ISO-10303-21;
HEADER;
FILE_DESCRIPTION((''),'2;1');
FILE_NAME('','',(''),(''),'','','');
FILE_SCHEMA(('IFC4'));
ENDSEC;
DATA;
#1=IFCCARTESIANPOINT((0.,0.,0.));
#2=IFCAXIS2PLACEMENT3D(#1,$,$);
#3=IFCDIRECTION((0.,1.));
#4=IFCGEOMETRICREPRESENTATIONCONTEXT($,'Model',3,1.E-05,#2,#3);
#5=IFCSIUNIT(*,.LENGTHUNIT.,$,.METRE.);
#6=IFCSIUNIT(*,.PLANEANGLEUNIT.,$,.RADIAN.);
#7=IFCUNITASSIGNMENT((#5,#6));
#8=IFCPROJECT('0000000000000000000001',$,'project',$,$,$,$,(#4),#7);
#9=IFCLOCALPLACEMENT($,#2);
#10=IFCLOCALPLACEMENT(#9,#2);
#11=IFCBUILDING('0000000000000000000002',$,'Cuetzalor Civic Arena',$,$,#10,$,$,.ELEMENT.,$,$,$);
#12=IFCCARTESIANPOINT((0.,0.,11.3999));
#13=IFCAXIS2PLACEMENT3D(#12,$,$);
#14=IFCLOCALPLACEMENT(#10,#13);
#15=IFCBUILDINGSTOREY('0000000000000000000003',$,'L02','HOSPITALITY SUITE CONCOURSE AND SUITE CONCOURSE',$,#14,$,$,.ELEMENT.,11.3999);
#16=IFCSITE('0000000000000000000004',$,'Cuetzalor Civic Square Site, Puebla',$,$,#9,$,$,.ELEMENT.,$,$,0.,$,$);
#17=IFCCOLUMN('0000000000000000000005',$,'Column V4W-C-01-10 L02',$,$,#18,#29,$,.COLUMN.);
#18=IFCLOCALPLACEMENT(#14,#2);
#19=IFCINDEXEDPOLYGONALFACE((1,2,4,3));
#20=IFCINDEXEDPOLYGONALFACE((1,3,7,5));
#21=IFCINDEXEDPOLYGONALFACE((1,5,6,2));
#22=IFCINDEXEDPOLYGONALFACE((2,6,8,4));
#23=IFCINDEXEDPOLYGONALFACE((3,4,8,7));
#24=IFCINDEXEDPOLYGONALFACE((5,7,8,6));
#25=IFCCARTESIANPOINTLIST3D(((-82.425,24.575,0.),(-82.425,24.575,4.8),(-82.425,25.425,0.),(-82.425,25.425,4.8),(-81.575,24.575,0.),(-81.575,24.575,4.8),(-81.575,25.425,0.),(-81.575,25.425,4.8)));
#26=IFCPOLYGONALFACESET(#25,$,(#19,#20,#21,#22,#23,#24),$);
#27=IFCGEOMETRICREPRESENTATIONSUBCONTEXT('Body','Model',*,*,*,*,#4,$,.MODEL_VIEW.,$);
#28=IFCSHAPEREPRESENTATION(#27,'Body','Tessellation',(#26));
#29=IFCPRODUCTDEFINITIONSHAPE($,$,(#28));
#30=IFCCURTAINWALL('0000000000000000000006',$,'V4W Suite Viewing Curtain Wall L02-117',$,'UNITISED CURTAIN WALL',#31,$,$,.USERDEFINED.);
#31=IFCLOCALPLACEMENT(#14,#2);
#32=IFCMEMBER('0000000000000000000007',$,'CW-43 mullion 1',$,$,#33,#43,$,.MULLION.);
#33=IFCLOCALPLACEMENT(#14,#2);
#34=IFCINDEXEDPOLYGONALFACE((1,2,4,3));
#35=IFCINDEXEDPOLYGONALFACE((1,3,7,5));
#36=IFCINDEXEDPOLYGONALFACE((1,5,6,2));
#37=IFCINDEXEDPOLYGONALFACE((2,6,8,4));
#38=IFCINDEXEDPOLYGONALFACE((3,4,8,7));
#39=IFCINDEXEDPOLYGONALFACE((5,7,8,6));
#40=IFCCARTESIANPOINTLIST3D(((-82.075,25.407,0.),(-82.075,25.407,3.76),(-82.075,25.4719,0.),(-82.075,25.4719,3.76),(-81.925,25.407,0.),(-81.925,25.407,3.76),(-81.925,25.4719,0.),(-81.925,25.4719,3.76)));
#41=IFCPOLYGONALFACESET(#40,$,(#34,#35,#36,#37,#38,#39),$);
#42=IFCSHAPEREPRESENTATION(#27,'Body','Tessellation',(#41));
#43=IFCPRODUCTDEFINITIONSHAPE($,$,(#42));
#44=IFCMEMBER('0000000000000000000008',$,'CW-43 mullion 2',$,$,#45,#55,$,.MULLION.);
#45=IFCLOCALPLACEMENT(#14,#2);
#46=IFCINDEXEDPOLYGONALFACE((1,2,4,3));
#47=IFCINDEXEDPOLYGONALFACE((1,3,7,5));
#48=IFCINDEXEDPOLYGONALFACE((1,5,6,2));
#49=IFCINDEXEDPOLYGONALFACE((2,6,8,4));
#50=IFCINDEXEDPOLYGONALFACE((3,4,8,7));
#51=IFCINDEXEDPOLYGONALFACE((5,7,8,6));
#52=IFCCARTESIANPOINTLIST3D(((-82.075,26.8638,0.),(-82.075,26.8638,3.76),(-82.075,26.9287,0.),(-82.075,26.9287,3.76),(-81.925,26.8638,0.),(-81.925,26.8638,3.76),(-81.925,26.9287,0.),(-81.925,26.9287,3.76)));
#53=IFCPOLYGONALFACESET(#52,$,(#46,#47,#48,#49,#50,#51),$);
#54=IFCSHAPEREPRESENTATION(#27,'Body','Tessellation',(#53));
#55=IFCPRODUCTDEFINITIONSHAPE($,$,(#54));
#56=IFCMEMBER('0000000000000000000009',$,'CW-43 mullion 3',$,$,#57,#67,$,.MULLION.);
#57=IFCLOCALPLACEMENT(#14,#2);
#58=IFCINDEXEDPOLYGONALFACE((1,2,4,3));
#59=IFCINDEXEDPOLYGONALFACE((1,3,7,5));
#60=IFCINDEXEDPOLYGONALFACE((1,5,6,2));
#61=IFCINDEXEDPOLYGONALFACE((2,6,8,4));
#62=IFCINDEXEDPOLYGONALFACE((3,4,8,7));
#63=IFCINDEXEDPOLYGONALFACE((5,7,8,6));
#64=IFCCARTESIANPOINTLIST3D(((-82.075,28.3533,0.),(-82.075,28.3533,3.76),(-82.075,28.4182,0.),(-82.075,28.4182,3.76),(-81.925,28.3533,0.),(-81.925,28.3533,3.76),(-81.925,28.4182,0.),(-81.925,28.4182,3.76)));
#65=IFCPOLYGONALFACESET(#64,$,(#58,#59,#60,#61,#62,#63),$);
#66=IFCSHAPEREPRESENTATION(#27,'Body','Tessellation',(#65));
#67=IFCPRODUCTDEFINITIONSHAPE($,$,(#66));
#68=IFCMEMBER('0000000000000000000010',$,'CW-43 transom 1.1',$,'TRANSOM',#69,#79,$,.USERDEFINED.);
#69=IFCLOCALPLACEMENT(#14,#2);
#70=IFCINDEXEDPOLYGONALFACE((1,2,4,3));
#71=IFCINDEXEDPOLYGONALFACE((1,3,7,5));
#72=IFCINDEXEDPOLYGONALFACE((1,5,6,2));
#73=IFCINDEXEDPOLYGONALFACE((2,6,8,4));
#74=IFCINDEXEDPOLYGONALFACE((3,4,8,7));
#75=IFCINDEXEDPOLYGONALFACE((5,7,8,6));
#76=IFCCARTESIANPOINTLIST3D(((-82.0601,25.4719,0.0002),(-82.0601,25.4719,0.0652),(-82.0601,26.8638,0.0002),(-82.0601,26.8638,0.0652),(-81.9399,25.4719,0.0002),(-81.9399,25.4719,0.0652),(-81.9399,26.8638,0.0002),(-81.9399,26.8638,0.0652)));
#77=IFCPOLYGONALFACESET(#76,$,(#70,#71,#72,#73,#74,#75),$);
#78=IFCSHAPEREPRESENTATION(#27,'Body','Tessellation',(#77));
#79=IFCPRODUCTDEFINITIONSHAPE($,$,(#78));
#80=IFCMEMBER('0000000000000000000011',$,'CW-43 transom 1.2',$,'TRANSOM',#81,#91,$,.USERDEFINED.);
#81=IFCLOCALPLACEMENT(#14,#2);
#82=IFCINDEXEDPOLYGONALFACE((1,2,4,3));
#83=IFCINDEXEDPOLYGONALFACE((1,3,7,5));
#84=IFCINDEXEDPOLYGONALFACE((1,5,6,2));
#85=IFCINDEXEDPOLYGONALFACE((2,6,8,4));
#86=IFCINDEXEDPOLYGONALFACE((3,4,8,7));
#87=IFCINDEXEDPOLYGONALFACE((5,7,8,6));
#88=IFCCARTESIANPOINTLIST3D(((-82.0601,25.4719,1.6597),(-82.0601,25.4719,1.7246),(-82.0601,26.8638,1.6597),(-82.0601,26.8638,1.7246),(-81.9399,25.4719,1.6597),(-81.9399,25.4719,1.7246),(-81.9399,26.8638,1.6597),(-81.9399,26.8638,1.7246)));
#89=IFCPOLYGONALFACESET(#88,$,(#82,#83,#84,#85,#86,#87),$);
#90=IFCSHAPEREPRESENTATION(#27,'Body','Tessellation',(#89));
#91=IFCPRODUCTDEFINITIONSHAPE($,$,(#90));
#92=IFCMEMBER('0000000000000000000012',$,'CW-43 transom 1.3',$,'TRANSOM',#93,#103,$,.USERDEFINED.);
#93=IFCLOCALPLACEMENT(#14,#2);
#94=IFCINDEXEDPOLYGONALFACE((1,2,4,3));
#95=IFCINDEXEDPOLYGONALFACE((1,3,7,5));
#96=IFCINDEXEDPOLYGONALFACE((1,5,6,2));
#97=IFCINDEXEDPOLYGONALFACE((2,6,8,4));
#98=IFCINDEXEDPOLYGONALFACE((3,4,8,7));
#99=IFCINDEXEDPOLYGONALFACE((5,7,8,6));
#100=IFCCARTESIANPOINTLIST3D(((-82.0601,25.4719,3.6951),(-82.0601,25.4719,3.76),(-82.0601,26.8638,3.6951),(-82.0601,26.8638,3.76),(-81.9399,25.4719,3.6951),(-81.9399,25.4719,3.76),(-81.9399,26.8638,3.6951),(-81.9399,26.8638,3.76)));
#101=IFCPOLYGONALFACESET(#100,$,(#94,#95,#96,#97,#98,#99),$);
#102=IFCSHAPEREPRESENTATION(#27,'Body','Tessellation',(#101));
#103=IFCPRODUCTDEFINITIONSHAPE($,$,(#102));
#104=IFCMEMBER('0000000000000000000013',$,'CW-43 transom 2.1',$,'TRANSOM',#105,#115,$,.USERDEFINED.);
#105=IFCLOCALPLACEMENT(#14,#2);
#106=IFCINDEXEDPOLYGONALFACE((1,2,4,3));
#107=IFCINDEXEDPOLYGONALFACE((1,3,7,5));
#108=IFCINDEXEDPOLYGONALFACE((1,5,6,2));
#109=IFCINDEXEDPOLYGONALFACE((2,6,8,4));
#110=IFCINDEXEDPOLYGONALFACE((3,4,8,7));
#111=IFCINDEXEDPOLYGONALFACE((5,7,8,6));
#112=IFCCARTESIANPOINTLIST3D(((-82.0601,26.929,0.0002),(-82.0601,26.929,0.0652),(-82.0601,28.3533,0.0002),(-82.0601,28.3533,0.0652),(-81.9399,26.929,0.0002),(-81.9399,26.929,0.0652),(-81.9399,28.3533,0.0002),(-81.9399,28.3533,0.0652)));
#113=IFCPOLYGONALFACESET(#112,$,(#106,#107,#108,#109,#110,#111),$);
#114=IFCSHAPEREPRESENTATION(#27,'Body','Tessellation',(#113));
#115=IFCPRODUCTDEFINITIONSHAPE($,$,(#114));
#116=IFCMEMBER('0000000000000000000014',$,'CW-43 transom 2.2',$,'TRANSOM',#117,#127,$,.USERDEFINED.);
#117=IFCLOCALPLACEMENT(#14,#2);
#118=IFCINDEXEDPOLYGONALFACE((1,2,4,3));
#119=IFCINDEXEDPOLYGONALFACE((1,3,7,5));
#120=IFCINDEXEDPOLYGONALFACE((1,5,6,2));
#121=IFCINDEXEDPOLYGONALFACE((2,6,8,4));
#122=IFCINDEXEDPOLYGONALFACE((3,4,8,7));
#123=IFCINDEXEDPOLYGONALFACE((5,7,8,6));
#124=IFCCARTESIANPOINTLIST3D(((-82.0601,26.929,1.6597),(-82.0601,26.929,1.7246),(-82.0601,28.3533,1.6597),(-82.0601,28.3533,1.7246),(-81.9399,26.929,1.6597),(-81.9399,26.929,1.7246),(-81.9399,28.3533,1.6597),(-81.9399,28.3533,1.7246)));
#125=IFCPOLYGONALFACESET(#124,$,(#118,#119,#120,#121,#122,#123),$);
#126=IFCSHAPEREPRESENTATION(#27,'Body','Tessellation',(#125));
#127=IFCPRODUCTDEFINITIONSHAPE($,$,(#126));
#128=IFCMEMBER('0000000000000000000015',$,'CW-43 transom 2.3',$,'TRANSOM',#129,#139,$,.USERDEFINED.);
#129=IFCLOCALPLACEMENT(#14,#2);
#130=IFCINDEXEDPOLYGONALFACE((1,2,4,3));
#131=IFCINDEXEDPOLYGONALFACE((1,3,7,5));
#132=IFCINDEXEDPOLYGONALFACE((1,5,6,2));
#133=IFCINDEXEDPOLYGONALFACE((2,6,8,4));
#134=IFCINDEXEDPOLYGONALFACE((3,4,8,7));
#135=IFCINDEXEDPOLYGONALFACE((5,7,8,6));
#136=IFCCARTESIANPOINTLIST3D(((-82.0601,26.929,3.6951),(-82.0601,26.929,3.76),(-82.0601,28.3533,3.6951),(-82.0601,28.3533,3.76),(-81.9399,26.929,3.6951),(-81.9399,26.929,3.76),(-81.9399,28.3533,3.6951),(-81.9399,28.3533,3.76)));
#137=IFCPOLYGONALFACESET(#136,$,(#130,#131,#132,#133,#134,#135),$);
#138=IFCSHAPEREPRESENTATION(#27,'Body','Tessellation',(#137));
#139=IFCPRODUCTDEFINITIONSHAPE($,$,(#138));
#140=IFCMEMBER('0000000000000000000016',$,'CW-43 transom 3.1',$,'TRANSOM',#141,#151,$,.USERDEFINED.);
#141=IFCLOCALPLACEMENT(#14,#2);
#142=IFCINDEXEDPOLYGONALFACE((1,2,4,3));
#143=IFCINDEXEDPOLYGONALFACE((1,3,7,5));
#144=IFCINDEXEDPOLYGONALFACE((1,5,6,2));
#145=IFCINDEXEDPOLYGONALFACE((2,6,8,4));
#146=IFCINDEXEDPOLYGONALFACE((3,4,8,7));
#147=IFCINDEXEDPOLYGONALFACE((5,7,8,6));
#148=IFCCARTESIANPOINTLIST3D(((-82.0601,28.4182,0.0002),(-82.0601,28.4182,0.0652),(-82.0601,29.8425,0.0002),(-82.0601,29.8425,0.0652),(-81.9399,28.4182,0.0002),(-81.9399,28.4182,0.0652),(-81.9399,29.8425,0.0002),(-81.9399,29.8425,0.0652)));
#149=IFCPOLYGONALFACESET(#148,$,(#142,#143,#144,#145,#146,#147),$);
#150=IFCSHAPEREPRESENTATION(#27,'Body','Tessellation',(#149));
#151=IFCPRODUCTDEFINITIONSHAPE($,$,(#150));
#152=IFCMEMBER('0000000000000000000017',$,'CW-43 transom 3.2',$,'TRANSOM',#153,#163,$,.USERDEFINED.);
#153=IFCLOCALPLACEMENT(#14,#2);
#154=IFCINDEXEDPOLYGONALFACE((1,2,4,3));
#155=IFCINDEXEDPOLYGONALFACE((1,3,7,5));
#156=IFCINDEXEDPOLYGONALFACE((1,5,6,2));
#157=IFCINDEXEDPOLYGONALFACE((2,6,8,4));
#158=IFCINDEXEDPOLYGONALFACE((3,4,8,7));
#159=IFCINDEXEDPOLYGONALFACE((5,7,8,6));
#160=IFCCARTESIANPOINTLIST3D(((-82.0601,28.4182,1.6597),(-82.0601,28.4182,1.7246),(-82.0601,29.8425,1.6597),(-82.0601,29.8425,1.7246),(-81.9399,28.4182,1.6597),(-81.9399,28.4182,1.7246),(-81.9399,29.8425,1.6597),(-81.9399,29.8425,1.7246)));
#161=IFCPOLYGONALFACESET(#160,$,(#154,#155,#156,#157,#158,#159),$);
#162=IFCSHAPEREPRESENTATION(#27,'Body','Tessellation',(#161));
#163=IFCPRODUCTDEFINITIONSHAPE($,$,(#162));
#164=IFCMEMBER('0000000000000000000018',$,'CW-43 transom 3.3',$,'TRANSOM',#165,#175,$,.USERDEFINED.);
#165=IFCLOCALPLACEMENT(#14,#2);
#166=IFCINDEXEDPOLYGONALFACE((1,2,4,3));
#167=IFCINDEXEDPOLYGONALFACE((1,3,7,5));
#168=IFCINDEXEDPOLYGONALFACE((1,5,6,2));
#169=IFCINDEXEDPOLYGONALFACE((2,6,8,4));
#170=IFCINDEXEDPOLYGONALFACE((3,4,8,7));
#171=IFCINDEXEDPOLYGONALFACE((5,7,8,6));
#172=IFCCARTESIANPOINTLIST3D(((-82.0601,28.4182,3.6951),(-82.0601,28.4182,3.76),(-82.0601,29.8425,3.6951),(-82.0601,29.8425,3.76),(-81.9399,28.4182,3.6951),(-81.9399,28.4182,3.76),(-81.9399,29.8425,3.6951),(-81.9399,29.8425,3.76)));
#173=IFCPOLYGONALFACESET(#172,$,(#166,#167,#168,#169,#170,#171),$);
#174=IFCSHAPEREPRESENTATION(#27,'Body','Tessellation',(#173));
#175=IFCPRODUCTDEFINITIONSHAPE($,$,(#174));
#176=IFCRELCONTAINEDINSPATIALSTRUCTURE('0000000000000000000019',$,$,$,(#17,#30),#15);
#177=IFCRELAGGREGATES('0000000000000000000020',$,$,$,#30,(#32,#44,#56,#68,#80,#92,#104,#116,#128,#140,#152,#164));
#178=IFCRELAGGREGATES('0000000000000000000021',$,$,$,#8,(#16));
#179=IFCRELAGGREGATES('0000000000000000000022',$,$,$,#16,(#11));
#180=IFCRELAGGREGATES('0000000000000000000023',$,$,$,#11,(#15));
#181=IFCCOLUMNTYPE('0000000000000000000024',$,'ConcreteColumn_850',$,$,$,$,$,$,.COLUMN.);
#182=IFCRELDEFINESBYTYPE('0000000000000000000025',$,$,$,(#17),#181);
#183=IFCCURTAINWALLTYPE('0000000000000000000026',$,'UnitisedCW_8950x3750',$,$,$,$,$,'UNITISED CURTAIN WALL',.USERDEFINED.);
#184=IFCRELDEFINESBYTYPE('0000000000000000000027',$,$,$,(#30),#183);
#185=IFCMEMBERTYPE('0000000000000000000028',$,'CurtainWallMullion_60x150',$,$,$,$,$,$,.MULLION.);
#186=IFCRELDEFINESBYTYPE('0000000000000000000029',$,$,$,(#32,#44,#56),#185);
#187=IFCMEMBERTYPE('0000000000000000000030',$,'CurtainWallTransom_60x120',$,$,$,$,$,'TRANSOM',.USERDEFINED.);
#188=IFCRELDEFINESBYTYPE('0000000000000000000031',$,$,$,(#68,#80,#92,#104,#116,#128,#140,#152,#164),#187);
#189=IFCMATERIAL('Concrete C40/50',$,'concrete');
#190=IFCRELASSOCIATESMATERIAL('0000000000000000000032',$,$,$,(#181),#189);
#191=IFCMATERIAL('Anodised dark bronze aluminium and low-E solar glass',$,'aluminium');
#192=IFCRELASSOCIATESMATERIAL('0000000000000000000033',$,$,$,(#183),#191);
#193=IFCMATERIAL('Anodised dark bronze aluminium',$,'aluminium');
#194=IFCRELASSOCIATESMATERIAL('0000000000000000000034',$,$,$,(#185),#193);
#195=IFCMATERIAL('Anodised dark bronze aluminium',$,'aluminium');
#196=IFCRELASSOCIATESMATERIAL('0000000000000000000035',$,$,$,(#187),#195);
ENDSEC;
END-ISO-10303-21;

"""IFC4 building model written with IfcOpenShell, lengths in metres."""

from ifc_helpers import new_model, si_unit, direction, frame, origin, origin_2d, place, context, subcontext, project, spatial, rectangle, extrude, material, material_profile, profile_set, type_object, element, aggregate, save


model = new_model("IFC4")

# Units and contexts
model_context = context("Model", 3, precision=1e-05, world=origin(), true_north=direction((0.0, 1.0)))
body_context = subcontext(model_context, "Body", "Model", "MODEL_VIEW")
ifc_project = project(units=[si_unit("LENGTHUNIT", "METRE"), si_unit("PLANEANGLEUNIT", "RADIAN")], contexts=[model_context])

# Site, building, storey
site_placement = place(None, origin())
site = spatial("IfcSite", under=ifc_project, at=site_placement, Name="Cuetzalor Civic Square Site, Puebla", CompositionType="ELEMENT", RefElevation=0.0)
building_placement = place(site_placement, origin())
building = spatial("IfcBuilding", under=site, at=building_placement, Name="Cuetzalor Civic Arena", CompositionType="ELEMENT")
storey_placement = place(building_placement, frame((0.0, 0.0, 11.3999)))
storey = spatial("IfcBuildingStorey", under=building, at=storey_placement, Name="L02", Description="HOSPITALITY SUITE CONCOURSE AND SUITE CONCOURSE", CompositionType="ELEMENT", Elevation=11.3999)

# Column
ifc_material_1 = material(Name="Concrete C40/50", Category="concrete")
ifc_material_profile_1 = material_profile(ifc_material_1, rectangle(XDim=0.8501, YDim=0.8501, at=origin_2d()), Name="RC 850x850")
ifc_profile_set_1 = profile_set([ifc_material_profile_1], Name="Concrete C40/50")
column_type = type_object("IfcColumnType", Name="ConcreteColumn_850", PredefinedType="COLUMN", material=ifc_profile_set_1)
column_placement = place(storey_placement, frame((-82.0, 25.0, 0.0), z_axis=(0.0, 0.0, 1.0), x_axis=(1.0, 0.0, 0.0)))
element("IfcColumn", 1, at=column_placement, inside=storey, type_object=column_type, Name="Column V4W-C-01-10 L02", PredefinedType="COLUMN", context=body_context, shape_type="SweptSolid", body=[
    extrude(rectangle(XDim=0.8501, YDim=0.8501, at=origin_2d()), origin(), (0.0, 0.0, 1.0), 4.8),
])

# Curtain wall, members
ifc_material_2 = material(Name="Anodised dark bronze aluminium and low-E solar glass", Category="aluminium")
curtain_wall_type = type_object("IfcCurtainWallType", Name="UnitisedCW_8950x3750", ElementType="UNITISED CURTAIN WALL", PredefinedType="USERDEFINED", material=ifc_material_2)
curtain_wall_placement = place(storey_placement, origin())
curtain_wall = element("IfcCurtainWall", 2, at=curtain_wall_placement, inside=storey, type_object=curtain_wall_type, Name="V4W Suite Viewing Curtain Wall L02-117", ObjectType="UNITISED CURTAIN WALL", PredefinedType="USERDEFINED")
ifc_material_3 = material(Name="Anodised dark bronze aluminium", Category="aluminium")
ifc_material_profile_2 = material_profile(ifc_material_3, rectangle(XDim=0.0649, YDim=0.1499, at=origin_2d()), Name="ALU MULLION 65x150")
ifc_profile_set_2 = profile_set([ifc_material_profile_2], Name="Anodised dark bronze aluminium")
member_type_1 = type_object("IfcMemberType", Name="CurtainWallMullion_60x150", PredefinedType="MULLION", material=ifc_profile_set_2)
member_1_placement = place(storey_placement, frame((-82.0, 25.4395, 0.0), z_axis=(0.0, 0.0, 1.0), x_axis=(0.0, 1.0, 0.0)))
member_1 = element("IfcMember", 3, at=member_1_placement, type_object=member_type_1, Name="CW-43 mullion 1", PredefinedType="MULLION", context=body_context, shape_type="SweptSolid", body=[
    extrude(rectangle(XDim=0.0649, YDim=0.1499, at=origin_2d()), origin(), (0.0, 0.0, 1.0), 3.76),
])
member_2_placement = place(storey_placement, frame((-82.0, 26.8962, 0.0), z_axis=(0.0, 0.0, 1.0), x_axis=(0.0, 1.0, 0.0)))
member_2 = element("IfcMember", 4, at=member_2_placement, type_object=member_type_1, Name="CW-43 mullion 2", PredefinedType="MULLION", context=body_context, shape_type="SweptSolid", body=[
    extrude(rectangle(XDim=0.0649, YDim=0.1499, at=origin_2d()), origin(), (0.0, 0.0, 1.0), 3.76),
])
member_3_placement = place(storey_placement, frame((-82.0, 28.3857, 0.0), z_axis=(0.0, 0.0, 1.0), x_axis=(0.0, 1.0, 0.0)))
member_3 = element("IfcMember", 5, at=member_3_placement, type_object=member_type_1, Name="CW-43 mullion 3", PredefinedType="MULLION", context=body_context, shape_type="SweptSolid", body=[
    extrude(rectangle(XDim=0.0649, YDim=0.1499, at=origin_2d()), origin(), (0.0, 0.0, 1.0), 3.76),
])
ifc_material_4 = material(Name="Anodised dark bronze aluminium", Category="aluminium")
ifc_material_profile_3 = material_profile(ifc_material_4, rectangle(XDim=0.1201, YDim=0.0649, at=origin_2d()), Name="ALU TRANSOM 65x120")
ifc_profile_set_3 = profile_set([ifc_material_profile_3], Name="Anodised dark bronze aluminium")
member_type_2 = type_object("IfcMemberType", Name="CurtainWallTransom_60x120", ElementType="TRANSOM", PredefinedType="USERDEFINED", material=ifc_profile_set_3)
member_4_placement = place(storey_placement, frame((-82.0, 25.4719, 0.0327), z_axis=(0.0, 1.0, 0.0), x_axis=(-1.0, 0.0, 0.0)))
member_4 = element("IfcMember", 6, at=member_4_placement, type_object=member_type_2, Name="CW-43 transom 1.1", ObjectType="TRANSOM", PredefinedType="USERDEFINED", context=body_context, shape_type="SweptSolid", body=[
    extrude(rectangle(XDim=0.1201, YDim=0.0649, at=origin_2d()), origin(), (0.0, 0.0, 1.0), 1.3918),
])
member_5_placement = place(storey_placement, frame((-82.0, 25.4719, 1.6921), z_axis=(0.0, 1.0, 0.0), x_axis=(-1.0, 0.0, 0.0)))
member_5 = element("IfcMember", 7, at=member_5_placement, type_object=member_type_2, Name="CW-43 transom 1.2", ObjectType="TRANSOM", PredefinedType="USERDEFINED", context=body_context, shape_type="SweptSolid", body=[
    extrude(rectangle(XDim=0.1201, YDim=0.0649, at=origin_2d()), origin(), (0.0, 0.0, 1.0), 1.3918),
])
member_6_placement = place(storey_placement, frame((-82.0, 25.4719, 3.7275), z_axis=(0.0, 1.0, 0.0), x_axis=(-1.0, 0.0, 0.0)))
member_6 = element("IfcMember", 8, at=member_6_placement, type_object=member_type_2, Name="CW-43 transom 1.3", ObjectType="TRANSOM", PredefinedType="USERDEFINED", context=body_context, shape_type="SweptSolid", body=[
    extrude(rectangle(XDim=0.1201, YDim=0.0649, at=origin_2d()), origin(), (0.0, 0.0, 1.0), 1.3918),
])
member_7_placement = place(storey_placement, frame((-82.0, 26.929, 0.0327), z_axis=(0.0, 1.0, 0.0), x_axis=(-1.0, 0.0, 0.0)))
member_7 = element("IfcMember", 9, at=member_7_placement, type_object=member_type_2, Name="CW-43 transom 2.1", ObjectType="TRANSOM", PredefinedType="USERDEFINED", context=body_context, shape_type="SweptSolid", body=[
    extrude(rectangle(XDim=0.1201, YDim=0.0649, at=origin_2d()), origin(), (0.0, 0.0, 1.0), 1.4243),
])
member_8_placement = place(storey_placement, frame((-82.0, 26.929, 1.6921), z_axis=(0.0, 1.0, 0.0), x_axis=(-1.0, 0.0, 0.0)))
member_8 = element("IfcMember", 10, at=member_8_placement, type_object=member_type_2, Name="CW-43 transom 2.2", ObjectType="TRANSOM", PredefinedType="USERDEFINED", context=body_context, shape_type="SweptSolid", body=[
    extrude(rectangle(XDim=0.1201, YDim=0.0649, at=origin_2d()), origin(), (0.0, 0.0, 1.0), 1.4243),
])
member_9_placement = place(storey_placement, frame((-82.0, 26.929, 3.7275), z_axis=(0.0, 1.0, 0.0), x_axis=(-1.0, 0.0, 0.0)))
member_9 = element("IfcMember", 11, at=member_9_placement, type_object=member_type_2, Name="CW-43 transom 2.3", ObjectType="TRANSOM", PredefinedType="USERDEFINED", context=body_context, shape_type="SweptSolid", body=[
    extrude(rectangle(XDim=0.1201, YDim=0.0649, at=origin_2d()), origin(), (0.0, 0.0, 1.0), 1.4243),
])
member_10_placement = place(storey_placement, frame((-82.0, 28.4182, 0.0327), z_axis=(0.0, 1.0, 0.0), x_axis=(-1.0, 0.0, 0.0)))
member_10 = element("IfcMember", 12, at=member_10_placement, type_object=member_type_2, Name="CW-43 transom 3.1", ObjectType="TRANSOM", PredefinedType="USERDEFINED", context=body_context, shape_type="SweptSolid", body=[
    extrude(rectangle(XDim=0.1201, YDim=0.0649, at=origin_2d()), origin(), (0.0, 0.0, 1.0), 1.4243),
])
member_11_placement = place(storey_placement, frame((-82.0, 28.4182, 1.6921), z_axis=(0.0, 1.0, 0.0), x_axis=(-1.0, 0.0, 0.0)))
member_11 = element("IfcMember", 13, at=member_11_placement, type_object=member_type_2, Name="CW-43 transom 3.2", ObjectType="TRANSOM", PredefinedType="USERDEFINED", context=body_context, shape_type="SweptSolid", body=[
    extrude(rectangle(XDim=0.1201, YDim=0.0649, at=origin_2d()), origin(), (0.0, 0.0, 1.0), 1.4243),
])
member_12_placement = place(storey_placement, frame((-82.0, 28.4182, 3.7275), z_axis=(0.0, 1.0, 0.0), x_axis=(-1.0, 0.0, 0.0)))
member_12 = element("IfcMember", 14, at=member_12_placement, type_object=member_type_2, Name="CW-43 transom 3.3", ObjectType="TRANSOM", PredefinedType="USERDEFINED", context=body_context, shape_type="SweptSolid", body=[
    extrude(rectangle(XDim=0.1201, YDim=0.0649, at=origin_2d()), origin(), (0.0, 0.0, 1.0), 1.4243),
])

aggregate(curtain_wall, [member_1, member_2, member_3, member_4, member_5, member_6, member_7, member_8, member_9, member_10, member_11, member_12])

save(model, "model.ifc")
